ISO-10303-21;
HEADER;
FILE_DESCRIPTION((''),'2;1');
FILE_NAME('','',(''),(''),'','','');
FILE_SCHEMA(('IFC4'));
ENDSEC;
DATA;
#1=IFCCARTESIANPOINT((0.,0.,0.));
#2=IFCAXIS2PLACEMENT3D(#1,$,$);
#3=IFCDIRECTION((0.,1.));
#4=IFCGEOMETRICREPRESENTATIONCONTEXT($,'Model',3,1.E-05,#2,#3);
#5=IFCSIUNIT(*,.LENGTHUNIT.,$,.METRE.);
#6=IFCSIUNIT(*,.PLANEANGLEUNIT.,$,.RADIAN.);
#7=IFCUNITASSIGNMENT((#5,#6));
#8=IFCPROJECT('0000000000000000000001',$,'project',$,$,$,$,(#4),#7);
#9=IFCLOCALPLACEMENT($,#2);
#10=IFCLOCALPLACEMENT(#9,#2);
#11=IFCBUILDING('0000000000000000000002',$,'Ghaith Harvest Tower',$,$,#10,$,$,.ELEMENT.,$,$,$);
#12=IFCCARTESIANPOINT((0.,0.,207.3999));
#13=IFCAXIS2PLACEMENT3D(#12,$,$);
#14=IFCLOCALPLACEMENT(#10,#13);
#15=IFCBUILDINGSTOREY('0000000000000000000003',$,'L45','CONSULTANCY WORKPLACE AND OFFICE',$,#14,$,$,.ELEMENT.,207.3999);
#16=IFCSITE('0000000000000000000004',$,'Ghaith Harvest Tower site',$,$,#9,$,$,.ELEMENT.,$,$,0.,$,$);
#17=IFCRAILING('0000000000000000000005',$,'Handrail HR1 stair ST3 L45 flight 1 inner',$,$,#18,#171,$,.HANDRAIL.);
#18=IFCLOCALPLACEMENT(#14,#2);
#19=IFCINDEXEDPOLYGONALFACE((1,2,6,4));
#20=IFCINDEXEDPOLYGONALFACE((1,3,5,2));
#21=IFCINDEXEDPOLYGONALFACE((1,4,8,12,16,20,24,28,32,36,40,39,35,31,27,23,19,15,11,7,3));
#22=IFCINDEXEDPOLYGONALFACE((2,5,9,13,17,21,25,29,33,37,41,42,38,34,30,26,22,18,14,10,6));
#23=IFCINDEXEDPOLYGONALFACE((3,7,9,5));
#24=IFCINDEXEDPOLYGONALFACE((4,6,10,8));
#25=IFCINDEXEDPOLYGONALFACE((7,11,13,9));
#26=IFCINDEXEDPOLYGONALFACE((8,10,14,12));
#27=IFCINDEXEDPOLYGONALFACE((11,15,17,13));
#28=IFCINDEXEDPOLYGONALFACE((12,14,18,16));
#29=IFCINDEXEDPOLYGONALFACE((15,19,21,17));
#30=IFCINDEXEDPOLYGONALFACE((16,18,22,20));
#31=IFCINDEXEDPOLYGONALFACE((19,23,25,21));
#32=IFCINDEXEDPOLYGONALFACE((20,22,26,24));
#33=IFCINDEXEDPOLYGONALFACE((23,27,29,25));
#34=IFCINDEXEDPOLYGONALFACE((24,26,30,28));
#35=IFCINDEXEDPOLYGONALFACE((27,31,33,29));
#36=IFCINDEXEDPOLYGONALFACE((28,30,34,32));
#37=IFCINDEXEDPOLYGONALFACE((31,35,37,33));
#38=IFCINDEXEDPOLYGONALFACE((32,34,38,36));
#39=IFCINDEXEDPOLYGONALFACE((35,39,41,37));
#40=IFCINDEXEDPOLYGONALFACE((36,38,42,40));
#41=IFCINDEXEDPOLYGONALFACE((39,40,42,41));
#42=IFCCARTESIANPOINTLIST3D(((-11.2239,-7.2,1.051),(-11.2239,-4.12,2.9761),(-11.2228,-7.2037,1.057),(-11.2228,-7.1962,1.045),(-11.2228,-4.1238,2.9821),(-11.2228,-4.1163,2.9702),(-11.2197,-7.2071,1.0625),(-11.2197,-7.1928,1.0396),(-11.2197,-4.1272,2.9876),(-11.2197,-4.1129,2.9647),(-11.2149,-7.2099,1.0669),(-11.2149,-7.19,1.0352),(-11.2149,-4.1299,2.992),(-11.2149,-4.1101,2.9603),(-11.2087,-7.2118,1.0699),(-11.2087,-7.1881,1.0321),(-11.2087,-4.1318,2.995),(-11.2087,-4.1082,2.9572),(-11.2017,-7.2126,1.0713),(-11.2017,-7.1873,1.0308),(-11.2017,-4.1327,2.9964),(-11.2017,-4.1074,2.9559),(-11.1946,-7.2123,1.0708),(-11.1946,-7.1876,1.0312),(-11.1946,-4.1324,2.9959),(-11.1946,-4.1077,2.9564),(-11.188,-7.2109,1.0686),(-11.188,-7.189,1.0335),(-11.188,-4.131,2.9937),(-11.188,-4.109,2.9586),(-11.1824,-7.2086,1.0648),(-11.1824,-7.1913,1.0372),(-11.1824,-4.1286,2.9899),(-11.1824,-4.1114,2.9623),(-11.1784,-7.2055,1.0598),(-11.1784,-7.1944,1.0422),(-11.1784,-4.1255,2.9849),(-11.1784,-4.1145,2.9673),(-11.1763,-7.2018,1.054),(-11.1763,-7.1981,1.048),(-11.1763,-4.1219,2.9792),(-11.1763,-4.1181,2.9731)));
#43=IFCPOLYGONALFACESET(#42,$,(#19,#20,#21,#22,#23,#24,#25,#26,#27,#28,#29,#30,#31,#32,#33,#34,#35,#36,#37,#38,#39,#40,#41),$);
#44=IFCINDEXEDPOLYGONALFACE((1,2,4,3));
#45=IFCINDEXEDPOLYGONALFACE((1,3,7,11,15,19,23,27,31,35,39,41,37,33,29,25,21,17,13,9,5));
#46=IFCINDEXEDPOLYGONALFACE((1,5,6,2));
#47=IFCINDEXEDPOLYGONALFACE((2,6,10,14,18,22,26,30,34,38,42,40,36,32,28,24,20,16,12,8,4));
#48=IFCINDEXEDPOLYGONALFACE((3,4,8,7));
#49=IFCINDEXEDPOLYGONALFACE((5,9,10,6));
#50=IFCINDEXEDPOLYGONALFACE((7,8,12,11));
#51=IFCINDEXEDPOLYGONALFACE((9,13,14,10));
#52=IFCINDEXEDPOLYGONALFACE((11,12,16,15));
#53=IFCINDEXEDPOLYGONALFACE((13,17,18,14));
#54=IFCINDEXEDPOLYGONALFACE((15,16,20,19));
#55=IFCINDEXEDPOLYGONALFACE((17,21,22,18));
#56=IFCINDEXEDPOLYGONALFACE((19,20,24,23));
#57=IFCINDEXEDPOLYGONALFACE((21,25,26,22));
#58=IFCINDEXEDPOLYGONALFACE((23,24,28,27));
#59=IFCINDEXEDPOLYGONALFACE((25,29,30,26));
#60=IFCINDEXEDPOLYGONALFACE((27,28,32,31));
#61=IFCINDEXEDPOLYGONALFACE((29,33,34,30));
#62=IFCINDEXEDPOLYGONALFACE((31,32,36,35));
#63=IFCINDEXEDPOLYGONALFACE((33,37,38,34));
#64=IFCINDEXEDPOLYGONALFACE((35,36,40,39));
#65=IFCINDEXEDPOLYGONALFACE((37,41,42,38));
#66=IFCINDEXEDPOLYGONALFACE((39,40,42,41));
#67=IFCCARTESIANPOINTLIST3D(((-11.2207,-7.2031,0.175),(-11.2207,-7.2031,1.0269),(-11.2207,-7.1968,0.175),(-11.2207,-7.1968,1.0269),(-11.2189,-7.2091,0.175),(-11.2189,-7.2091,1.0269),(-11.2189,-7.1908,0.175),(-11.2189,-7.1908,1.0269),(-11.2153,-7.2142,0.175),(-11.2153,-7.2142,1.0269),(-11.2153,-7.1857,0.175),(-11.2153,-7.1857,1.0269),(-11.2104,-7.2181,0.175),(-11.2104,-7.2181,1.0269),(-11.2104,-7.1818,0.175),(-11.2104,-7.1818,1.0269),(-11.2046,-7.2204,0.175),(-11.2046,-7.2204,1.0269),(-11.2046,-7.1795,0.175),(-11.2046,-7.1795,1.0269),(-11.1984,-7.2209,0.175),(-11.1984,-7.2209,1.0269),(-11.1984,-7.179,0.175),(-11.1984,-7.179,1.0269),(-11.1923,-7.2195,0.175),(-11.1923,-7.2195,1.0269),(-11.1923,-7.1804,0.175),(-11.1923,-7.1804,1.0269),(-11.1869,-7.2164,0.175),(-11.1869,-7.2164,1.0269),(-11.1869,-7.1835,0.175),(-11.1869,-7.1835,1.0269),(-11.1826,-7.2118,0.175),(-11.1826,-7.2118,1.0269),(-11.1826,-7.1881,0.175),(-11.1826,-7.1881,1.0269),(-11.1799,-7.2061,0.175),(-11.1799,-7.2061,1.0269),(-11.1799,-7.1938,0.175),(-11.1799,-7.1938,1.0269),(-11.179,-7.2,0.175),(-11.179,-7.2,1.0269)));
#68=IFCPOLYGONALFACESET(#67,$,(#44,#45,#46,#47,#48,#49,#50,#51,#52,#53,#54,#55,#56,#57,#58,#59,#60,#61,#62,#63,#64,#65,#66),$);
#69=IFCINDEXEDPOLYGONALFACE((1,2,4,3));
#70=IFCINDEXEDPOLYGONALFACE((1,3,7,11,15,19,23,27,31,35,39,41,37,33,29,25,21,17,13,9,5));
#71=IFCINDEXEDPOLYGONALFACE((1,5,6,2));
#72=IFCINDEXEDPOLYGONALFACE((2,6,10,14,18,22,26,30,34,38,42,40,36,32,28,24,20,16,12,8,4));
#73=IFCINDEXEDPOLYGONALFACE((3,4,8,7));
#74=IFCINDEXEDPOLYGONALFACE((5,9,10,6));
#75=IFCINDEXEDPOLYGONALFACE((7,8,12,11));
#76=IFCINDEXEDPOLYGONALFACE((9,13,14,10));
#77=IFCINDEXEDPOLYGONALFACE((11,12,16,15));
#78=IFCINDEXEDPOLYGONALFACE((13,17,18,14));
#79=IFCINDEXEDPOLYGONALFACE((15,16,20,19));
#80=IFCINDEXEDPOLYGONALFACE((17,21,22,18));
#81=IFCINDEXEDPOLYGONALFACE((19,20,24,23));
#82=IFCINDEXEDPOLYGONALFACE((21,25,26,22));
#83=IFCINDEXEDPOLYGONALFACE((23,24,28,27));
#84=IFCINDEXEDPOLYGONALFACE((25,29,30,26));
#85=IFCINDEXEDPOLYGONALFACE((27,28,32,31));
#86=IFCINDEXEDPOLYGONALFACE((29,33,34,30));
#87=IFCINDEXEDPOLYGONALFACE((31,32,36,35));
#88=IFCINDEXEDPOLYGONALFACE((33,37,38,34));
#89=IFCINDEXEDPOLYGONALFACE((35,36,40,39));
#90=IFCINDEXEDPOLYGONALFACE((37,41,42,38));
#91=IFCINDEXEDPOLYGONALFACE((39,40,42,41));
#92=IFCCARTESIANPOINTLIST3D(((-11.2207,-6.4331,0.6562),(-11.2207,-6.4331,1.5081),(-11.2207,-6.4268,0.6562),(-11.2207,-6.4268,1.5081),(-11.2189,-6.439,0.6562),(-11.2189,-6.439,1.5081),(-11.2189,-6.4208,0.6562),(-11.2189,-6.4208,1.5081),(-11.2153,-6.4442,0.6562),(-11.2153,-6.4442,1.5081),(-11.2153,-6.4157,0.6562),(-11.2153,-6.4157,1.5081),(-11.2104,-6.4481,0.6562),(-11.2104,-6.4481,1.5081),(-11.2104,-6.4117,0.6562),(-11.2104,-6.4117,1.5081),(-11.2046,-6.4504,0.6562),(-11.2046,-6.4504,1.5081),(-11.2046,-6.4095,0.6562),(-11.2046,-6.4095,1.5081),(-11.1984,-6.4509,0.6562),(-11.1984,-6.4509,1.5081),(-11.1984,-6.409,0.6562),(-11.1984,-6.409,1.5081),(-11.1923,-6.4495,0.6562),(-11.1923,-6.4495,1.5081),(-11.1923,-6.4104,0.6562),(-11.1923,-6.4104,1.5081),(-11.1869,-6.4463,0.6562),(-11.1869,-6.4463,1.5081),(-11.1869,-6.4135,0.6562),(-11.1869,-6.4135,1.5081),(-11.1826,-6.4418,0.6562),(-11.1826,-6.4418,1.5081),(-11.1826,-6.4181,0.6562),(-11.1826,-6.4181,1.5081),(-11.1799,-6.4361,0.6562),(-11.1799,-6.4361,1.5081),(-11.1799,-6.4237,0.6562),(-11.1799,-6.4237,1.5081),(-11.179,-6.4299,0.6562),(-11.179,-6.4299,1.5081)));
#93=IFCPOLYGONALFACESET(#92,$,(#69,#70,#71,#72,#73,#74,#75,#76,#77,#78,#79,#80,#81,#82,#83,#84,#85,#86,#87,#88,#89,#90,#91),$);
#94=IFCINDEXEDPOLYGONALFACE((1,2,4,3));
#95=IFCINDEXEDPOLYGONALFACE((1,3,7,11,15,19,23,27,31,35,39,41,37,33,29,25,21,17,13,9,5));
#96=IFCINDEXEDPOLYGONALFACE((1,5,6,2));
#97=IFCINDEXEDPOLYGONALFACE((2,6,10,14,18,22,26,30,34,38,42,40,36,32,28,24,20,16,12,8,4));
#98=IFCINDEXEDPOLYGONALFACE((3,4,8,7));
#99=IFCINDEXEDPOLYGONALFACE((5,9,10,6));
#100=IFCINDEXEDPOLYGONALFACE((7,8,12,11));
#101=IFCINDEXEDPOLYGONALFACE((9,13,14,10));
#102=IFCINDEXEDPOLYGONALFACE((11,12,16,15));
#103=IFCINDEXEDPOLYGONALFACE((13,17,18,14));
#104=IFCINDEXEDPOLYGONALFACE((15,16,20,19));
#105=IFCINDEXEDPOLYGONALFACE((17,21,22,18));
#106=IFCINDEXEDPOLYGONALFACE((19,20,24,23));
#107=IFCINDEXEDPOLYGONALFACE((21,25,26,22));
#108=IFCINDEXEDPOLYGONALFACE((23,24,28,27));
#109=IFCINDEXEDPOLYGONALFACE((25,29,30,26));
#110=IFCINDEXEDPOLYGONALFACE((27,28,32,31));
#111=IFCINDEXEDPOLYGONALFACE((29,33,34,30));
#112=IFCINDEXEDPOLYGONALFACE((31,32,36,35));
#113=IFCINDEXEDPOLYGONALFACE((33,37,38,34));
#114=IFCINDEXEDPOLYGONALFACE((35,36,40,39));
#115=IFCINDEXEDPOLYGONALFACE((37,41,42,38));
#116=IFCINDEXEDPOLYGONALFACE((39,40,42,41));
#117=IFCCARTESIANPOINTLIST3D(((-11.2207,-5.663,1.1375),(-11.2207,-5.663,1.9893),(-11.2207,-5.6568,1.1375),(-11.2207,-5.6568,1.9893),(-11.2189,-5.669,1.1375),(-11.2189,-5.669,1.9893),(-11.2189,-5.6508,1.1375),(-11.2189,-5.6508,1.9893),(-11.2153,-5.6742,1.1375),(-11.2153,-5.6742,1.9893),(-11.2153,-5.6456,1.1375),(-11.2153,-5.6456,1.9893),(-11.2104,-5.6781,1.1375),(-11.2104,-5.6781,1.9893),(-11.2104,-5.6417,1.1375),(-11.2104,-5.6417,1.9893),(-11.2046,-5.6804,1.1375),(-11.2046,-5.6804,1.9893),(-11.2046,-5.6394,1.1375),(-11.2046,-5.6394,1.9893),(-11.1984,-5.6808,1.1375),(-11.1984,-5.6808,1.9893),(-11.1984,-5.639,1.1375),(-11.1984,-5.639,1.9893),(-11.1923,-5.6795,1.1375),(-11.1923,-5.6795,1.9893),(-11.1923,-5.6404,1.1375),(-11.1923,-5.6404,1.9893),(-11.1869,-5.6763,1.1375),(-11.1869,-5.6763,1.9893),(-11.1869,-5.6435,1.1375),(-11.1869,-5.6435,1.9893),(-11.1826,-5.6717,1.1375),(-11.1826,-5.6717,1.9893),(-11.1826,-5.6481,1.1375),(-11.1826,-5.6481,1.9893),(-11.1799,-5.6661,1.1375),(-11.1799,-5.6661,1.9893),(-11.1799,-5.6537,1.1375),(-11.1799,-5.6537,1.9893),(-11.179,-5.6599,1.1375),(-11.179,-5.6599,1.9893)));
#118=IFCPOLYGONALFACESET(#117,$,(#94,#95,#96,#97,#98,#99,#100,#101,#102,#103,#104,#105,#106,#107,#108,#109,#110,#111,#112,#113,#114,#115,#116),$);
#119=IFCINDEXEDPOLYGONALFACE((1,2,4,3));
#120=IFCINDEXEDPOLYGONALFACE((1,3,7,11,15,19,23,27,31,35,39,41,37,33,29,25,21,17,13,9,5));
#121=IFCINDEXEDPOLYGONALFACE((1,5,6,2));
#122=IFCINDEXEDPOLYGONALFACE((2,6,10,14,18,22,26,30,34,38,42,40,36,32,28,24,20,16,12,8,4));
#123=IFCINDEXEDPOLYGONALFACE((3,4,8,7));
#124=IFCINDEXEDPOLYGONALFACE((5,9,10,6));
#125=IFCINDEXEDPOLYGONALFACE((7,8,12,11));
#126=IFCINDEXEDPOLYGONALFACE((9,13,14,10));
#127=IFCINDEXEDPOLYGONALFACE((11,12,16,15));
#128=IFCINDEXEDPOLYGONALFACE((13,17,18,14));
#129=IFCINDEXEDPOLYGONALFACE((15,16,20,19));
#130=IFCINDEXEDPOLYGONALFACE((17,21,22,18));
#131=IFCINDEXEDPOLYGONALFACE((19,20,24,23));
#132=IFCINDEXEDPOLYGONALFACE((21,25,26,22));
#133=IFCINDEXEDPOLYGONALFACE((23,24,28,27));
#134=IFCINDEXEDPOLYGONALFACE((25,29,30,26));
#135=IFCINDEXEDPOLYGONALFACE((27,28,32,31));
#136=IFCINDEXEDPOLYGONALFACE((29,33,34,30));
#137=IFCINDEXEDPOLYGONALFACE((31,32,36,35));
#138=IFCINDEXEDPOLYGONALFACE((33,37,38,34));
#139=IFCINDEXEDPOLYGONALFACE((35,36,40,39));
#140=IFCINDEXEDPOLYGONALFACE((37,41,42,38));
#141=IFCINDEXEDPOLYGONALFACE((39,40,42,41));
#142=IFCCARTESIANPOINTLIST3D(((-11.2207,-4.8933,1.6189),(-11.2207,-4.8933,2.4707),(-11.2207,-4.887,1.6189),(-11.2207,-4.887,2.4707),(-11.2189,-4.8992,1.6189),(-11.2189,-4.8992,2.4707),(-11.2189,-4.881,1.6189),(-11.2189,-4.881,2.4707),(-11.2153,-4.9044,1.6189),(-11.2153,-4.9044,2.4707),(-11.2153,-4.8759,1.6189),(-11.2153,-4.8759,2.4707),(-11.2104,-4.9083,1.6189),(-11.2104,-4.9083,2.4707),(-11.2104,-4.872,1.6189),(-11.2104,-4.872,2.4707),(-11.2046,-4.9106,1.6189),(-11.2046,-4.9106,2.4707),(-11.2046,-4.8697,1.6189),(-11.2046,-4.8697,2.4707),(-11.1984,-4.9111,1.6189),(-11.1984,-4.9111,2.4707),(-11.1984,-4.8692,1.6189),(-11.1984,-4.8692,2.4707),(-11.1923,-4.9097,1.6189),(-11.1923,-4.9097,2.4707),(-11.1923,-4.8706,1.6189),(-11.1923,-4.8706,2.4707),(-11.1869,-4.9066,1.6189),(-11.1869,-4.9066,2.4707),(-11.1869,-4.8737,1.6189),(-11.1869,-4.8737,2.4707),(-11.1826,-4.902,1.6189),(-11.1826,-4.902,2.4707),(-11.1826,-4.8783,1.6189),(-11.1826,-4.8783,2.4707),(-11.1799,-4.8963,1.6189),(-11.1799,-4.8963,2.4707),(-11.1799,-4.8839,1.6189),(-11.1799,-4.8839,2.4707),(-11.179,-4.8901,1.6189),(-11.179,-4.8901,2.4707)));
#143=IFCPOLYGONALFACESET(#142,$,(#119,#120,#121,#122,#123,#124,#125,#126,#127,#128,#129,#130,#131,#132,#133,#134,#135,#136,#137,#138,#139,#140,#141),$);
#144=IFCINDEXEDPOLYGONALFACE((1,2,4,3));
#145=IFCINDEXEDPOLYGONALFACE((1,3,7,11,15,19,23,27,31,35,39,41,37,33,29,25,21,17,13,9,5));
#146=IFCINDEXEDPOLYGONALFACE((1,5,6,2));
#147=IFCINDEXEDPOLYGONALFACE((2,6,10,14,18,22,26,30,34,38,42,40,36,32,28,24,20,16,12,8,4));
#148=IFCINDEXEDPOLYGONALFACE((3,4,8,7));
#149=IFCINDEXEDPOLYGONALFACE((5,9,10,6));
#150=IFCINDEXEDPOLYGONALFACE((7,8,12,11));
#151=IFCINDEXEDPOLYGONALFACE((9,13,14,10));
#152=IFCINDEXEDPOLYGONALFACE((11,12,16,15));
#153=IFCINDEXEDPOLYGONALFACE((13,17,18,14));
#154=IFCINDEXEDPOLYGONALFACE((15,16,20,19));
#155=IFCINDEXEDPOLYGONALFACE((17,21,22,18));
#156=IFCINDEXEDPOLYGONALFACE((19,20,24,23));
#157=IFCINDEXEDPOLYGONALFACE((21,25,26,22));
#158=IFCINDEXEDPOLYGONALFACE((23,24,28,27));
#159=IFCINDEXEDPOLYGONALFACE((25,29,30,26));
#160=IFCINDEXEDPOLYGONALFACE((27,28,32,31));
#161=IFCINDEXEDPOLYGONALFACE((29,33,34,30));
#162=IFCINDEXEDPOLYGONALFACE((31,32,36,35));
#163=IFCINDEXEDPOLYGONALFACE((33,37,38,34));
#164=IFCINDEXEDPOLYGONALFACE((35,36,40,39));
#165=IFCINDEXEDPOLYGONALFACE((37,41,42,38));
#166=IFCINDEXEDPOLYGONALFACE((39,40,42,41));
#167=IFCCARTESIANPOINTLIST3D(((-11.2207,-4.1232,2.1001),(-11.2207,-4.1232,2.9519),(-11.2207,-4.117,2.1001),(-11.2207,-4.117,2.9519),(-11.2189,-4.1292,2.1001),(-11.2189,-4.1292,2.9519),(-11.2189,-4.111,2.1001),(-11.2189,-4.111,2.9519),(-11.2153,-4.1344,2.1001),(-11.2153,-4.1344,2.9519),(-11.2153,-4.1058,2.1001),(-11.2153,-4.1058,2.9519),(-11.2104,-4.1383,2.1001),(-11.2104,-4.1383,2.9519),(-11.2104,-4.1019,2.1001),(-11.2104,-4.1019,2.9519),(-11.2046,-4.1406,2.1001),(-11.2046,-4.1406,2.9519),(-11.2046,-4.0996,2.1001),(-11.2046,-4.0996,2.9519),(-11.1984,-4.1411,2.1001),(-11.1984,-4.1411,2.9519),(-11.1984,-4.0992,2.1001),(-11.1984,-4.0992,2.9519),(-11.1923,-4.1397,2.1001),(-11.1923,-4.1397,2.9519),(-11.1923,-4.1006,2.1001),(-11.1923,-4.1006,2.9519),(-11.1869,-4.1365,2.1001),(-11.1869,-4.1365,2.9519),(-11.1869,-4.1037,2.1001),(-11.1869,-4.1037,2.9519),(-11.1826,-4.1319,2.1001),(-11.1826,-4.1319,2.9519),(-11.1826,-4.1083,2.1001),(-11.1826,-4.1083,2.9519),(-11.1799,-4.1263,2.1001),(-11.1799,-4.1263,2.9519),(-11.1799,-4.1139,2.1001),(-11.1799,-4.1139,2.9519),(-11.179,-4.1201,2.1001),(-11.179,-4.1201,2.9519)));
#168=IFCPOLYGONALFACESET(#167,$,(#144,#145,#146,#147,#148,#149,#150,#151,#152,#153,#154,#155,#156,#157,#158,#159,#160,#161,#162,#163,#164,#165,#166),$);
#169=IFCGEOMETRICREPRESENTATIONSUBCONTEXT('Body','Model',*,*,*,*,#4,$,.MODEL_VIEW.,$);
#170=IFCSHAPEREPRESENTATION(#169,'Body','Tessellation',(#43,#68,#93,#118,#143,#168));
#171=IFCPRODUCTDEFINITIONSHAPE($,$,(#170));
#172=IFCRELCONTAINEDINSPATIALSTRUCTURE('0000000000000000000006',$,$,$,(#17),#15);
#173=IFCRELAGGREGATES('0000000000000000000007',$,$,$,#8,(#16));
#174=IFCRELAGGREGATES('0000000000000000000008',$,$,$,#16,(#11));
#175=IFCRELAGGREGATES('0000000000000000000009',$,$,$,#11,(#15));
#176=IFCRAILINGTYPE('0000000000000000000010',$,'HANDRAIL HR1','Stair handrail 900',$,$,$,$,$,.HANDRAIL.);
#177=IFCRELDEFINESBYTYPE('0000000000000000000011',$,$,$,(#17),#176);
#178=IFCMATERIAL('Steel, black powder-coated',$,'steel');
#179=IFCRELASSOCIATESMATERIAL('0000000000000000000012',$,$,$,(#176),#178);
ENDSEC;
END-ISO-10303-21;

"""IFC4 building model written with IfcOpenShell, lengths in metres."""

from ifc_helpers import new_model, si_unit, direction, frame, origin, origin_2d, place, context, subcontext, project, spatial, circle, extrude, material, type_object, element, save


model = new_model("IFC4")

# Units and contexts
model_context = context("Model", 3, precision=1e-05, world=origin(), true_north=direction((0.0, 1.0)))
body_context = subcontext(model_context, "Body", "Model", "MODEL_VIEW")
ifc_project = project(units=[si_unit("LENGTHUNIT", "METRE"), si_unit("PLANEANGLEUNIT", "RADIAN")], contexts=[model_context])

# Site, building, storey
site_placement = place(None, origin())
site = spatial("IfcSite", under=ifc_project, at=site_placement, Name="Ghaith Harvest Tower site", CompositionType="ELEMENT", RefElevation=0.0)
building_placement = place(site_placement, origin())
building = spatial("IfcBuilding", under=site, at=building_placement, Name="Ghaith Harvest Tower", CompositionType="ELEMENT")
storey_placement = place(building_placement, frame((0.0, 0.0, 207.3999)))
storey = spatial("IfcBuildingStorey", under=building, at=storey_placement, Name="L45", Description="CONSULTANCY WORKPLACE AND OFFICE", CompositionType="ELEMENT", Elevation=207.3999)

# Railing
ifc_material_1 = material(Name="Steel, black powder-coated", Category="steel")
railing_type = type_object("IfcRailingType", Name="HANDRAIL HR1", Description="Stair handrail 900", PredefinedType="HANDRAIL", material=ifc_material_1)
railing_1_placement = place(storey_placement, frame((-11.2, -7.2, 0.175)))
element("IfcRailing", 1, at=railing_1_placement, inside=storey, type_object=railing_type, Name="Handrail HR1 stair ST3 L45 flight 1 inner", PredefinedType="HANDRAIL", context=body_context, shape_type="SweptSolid", body=[
    extrude(circle(Radius=0.0239, at=origin_2d()), frame((0.0, 0.0, 0.876), z_axis=(0.0, 0.847979, 0.530029), x_axis=(-1.0, 0.0, 0.0)), (0.0, 0.0, 1.0), 3.6321),
    extrude(circle(Radius=0.021, at=origin_2d()), origin(), (0.0, 0.0, 1.0), 0.8518),
    extrude(circle(Radius=0.021, at=origin_2d()), frame((0.0, 0.77, 0.4812)), (0.0, 0.0, 1.0), 0.8518),
    extrude(circle(Radius=0.021, at=origin_2d()), frame((0.0, 1.54, 0.9624)), (0.0, 0.0, 1.0), 0.8518),
    extrude(circle(Radius=0.021, at=origin_2d()), frame((0.0, 2.3098, 1.4438)), (0.0, 0.0, 1.0), 0.8518),
    extrude(circle(Radius=0.021, at=origin_2d()), frame((0.0, 3.0798, 1.925)), (0.0, 0.0, 1.0), 0.8518),
])

save(model, "model.ifc")
